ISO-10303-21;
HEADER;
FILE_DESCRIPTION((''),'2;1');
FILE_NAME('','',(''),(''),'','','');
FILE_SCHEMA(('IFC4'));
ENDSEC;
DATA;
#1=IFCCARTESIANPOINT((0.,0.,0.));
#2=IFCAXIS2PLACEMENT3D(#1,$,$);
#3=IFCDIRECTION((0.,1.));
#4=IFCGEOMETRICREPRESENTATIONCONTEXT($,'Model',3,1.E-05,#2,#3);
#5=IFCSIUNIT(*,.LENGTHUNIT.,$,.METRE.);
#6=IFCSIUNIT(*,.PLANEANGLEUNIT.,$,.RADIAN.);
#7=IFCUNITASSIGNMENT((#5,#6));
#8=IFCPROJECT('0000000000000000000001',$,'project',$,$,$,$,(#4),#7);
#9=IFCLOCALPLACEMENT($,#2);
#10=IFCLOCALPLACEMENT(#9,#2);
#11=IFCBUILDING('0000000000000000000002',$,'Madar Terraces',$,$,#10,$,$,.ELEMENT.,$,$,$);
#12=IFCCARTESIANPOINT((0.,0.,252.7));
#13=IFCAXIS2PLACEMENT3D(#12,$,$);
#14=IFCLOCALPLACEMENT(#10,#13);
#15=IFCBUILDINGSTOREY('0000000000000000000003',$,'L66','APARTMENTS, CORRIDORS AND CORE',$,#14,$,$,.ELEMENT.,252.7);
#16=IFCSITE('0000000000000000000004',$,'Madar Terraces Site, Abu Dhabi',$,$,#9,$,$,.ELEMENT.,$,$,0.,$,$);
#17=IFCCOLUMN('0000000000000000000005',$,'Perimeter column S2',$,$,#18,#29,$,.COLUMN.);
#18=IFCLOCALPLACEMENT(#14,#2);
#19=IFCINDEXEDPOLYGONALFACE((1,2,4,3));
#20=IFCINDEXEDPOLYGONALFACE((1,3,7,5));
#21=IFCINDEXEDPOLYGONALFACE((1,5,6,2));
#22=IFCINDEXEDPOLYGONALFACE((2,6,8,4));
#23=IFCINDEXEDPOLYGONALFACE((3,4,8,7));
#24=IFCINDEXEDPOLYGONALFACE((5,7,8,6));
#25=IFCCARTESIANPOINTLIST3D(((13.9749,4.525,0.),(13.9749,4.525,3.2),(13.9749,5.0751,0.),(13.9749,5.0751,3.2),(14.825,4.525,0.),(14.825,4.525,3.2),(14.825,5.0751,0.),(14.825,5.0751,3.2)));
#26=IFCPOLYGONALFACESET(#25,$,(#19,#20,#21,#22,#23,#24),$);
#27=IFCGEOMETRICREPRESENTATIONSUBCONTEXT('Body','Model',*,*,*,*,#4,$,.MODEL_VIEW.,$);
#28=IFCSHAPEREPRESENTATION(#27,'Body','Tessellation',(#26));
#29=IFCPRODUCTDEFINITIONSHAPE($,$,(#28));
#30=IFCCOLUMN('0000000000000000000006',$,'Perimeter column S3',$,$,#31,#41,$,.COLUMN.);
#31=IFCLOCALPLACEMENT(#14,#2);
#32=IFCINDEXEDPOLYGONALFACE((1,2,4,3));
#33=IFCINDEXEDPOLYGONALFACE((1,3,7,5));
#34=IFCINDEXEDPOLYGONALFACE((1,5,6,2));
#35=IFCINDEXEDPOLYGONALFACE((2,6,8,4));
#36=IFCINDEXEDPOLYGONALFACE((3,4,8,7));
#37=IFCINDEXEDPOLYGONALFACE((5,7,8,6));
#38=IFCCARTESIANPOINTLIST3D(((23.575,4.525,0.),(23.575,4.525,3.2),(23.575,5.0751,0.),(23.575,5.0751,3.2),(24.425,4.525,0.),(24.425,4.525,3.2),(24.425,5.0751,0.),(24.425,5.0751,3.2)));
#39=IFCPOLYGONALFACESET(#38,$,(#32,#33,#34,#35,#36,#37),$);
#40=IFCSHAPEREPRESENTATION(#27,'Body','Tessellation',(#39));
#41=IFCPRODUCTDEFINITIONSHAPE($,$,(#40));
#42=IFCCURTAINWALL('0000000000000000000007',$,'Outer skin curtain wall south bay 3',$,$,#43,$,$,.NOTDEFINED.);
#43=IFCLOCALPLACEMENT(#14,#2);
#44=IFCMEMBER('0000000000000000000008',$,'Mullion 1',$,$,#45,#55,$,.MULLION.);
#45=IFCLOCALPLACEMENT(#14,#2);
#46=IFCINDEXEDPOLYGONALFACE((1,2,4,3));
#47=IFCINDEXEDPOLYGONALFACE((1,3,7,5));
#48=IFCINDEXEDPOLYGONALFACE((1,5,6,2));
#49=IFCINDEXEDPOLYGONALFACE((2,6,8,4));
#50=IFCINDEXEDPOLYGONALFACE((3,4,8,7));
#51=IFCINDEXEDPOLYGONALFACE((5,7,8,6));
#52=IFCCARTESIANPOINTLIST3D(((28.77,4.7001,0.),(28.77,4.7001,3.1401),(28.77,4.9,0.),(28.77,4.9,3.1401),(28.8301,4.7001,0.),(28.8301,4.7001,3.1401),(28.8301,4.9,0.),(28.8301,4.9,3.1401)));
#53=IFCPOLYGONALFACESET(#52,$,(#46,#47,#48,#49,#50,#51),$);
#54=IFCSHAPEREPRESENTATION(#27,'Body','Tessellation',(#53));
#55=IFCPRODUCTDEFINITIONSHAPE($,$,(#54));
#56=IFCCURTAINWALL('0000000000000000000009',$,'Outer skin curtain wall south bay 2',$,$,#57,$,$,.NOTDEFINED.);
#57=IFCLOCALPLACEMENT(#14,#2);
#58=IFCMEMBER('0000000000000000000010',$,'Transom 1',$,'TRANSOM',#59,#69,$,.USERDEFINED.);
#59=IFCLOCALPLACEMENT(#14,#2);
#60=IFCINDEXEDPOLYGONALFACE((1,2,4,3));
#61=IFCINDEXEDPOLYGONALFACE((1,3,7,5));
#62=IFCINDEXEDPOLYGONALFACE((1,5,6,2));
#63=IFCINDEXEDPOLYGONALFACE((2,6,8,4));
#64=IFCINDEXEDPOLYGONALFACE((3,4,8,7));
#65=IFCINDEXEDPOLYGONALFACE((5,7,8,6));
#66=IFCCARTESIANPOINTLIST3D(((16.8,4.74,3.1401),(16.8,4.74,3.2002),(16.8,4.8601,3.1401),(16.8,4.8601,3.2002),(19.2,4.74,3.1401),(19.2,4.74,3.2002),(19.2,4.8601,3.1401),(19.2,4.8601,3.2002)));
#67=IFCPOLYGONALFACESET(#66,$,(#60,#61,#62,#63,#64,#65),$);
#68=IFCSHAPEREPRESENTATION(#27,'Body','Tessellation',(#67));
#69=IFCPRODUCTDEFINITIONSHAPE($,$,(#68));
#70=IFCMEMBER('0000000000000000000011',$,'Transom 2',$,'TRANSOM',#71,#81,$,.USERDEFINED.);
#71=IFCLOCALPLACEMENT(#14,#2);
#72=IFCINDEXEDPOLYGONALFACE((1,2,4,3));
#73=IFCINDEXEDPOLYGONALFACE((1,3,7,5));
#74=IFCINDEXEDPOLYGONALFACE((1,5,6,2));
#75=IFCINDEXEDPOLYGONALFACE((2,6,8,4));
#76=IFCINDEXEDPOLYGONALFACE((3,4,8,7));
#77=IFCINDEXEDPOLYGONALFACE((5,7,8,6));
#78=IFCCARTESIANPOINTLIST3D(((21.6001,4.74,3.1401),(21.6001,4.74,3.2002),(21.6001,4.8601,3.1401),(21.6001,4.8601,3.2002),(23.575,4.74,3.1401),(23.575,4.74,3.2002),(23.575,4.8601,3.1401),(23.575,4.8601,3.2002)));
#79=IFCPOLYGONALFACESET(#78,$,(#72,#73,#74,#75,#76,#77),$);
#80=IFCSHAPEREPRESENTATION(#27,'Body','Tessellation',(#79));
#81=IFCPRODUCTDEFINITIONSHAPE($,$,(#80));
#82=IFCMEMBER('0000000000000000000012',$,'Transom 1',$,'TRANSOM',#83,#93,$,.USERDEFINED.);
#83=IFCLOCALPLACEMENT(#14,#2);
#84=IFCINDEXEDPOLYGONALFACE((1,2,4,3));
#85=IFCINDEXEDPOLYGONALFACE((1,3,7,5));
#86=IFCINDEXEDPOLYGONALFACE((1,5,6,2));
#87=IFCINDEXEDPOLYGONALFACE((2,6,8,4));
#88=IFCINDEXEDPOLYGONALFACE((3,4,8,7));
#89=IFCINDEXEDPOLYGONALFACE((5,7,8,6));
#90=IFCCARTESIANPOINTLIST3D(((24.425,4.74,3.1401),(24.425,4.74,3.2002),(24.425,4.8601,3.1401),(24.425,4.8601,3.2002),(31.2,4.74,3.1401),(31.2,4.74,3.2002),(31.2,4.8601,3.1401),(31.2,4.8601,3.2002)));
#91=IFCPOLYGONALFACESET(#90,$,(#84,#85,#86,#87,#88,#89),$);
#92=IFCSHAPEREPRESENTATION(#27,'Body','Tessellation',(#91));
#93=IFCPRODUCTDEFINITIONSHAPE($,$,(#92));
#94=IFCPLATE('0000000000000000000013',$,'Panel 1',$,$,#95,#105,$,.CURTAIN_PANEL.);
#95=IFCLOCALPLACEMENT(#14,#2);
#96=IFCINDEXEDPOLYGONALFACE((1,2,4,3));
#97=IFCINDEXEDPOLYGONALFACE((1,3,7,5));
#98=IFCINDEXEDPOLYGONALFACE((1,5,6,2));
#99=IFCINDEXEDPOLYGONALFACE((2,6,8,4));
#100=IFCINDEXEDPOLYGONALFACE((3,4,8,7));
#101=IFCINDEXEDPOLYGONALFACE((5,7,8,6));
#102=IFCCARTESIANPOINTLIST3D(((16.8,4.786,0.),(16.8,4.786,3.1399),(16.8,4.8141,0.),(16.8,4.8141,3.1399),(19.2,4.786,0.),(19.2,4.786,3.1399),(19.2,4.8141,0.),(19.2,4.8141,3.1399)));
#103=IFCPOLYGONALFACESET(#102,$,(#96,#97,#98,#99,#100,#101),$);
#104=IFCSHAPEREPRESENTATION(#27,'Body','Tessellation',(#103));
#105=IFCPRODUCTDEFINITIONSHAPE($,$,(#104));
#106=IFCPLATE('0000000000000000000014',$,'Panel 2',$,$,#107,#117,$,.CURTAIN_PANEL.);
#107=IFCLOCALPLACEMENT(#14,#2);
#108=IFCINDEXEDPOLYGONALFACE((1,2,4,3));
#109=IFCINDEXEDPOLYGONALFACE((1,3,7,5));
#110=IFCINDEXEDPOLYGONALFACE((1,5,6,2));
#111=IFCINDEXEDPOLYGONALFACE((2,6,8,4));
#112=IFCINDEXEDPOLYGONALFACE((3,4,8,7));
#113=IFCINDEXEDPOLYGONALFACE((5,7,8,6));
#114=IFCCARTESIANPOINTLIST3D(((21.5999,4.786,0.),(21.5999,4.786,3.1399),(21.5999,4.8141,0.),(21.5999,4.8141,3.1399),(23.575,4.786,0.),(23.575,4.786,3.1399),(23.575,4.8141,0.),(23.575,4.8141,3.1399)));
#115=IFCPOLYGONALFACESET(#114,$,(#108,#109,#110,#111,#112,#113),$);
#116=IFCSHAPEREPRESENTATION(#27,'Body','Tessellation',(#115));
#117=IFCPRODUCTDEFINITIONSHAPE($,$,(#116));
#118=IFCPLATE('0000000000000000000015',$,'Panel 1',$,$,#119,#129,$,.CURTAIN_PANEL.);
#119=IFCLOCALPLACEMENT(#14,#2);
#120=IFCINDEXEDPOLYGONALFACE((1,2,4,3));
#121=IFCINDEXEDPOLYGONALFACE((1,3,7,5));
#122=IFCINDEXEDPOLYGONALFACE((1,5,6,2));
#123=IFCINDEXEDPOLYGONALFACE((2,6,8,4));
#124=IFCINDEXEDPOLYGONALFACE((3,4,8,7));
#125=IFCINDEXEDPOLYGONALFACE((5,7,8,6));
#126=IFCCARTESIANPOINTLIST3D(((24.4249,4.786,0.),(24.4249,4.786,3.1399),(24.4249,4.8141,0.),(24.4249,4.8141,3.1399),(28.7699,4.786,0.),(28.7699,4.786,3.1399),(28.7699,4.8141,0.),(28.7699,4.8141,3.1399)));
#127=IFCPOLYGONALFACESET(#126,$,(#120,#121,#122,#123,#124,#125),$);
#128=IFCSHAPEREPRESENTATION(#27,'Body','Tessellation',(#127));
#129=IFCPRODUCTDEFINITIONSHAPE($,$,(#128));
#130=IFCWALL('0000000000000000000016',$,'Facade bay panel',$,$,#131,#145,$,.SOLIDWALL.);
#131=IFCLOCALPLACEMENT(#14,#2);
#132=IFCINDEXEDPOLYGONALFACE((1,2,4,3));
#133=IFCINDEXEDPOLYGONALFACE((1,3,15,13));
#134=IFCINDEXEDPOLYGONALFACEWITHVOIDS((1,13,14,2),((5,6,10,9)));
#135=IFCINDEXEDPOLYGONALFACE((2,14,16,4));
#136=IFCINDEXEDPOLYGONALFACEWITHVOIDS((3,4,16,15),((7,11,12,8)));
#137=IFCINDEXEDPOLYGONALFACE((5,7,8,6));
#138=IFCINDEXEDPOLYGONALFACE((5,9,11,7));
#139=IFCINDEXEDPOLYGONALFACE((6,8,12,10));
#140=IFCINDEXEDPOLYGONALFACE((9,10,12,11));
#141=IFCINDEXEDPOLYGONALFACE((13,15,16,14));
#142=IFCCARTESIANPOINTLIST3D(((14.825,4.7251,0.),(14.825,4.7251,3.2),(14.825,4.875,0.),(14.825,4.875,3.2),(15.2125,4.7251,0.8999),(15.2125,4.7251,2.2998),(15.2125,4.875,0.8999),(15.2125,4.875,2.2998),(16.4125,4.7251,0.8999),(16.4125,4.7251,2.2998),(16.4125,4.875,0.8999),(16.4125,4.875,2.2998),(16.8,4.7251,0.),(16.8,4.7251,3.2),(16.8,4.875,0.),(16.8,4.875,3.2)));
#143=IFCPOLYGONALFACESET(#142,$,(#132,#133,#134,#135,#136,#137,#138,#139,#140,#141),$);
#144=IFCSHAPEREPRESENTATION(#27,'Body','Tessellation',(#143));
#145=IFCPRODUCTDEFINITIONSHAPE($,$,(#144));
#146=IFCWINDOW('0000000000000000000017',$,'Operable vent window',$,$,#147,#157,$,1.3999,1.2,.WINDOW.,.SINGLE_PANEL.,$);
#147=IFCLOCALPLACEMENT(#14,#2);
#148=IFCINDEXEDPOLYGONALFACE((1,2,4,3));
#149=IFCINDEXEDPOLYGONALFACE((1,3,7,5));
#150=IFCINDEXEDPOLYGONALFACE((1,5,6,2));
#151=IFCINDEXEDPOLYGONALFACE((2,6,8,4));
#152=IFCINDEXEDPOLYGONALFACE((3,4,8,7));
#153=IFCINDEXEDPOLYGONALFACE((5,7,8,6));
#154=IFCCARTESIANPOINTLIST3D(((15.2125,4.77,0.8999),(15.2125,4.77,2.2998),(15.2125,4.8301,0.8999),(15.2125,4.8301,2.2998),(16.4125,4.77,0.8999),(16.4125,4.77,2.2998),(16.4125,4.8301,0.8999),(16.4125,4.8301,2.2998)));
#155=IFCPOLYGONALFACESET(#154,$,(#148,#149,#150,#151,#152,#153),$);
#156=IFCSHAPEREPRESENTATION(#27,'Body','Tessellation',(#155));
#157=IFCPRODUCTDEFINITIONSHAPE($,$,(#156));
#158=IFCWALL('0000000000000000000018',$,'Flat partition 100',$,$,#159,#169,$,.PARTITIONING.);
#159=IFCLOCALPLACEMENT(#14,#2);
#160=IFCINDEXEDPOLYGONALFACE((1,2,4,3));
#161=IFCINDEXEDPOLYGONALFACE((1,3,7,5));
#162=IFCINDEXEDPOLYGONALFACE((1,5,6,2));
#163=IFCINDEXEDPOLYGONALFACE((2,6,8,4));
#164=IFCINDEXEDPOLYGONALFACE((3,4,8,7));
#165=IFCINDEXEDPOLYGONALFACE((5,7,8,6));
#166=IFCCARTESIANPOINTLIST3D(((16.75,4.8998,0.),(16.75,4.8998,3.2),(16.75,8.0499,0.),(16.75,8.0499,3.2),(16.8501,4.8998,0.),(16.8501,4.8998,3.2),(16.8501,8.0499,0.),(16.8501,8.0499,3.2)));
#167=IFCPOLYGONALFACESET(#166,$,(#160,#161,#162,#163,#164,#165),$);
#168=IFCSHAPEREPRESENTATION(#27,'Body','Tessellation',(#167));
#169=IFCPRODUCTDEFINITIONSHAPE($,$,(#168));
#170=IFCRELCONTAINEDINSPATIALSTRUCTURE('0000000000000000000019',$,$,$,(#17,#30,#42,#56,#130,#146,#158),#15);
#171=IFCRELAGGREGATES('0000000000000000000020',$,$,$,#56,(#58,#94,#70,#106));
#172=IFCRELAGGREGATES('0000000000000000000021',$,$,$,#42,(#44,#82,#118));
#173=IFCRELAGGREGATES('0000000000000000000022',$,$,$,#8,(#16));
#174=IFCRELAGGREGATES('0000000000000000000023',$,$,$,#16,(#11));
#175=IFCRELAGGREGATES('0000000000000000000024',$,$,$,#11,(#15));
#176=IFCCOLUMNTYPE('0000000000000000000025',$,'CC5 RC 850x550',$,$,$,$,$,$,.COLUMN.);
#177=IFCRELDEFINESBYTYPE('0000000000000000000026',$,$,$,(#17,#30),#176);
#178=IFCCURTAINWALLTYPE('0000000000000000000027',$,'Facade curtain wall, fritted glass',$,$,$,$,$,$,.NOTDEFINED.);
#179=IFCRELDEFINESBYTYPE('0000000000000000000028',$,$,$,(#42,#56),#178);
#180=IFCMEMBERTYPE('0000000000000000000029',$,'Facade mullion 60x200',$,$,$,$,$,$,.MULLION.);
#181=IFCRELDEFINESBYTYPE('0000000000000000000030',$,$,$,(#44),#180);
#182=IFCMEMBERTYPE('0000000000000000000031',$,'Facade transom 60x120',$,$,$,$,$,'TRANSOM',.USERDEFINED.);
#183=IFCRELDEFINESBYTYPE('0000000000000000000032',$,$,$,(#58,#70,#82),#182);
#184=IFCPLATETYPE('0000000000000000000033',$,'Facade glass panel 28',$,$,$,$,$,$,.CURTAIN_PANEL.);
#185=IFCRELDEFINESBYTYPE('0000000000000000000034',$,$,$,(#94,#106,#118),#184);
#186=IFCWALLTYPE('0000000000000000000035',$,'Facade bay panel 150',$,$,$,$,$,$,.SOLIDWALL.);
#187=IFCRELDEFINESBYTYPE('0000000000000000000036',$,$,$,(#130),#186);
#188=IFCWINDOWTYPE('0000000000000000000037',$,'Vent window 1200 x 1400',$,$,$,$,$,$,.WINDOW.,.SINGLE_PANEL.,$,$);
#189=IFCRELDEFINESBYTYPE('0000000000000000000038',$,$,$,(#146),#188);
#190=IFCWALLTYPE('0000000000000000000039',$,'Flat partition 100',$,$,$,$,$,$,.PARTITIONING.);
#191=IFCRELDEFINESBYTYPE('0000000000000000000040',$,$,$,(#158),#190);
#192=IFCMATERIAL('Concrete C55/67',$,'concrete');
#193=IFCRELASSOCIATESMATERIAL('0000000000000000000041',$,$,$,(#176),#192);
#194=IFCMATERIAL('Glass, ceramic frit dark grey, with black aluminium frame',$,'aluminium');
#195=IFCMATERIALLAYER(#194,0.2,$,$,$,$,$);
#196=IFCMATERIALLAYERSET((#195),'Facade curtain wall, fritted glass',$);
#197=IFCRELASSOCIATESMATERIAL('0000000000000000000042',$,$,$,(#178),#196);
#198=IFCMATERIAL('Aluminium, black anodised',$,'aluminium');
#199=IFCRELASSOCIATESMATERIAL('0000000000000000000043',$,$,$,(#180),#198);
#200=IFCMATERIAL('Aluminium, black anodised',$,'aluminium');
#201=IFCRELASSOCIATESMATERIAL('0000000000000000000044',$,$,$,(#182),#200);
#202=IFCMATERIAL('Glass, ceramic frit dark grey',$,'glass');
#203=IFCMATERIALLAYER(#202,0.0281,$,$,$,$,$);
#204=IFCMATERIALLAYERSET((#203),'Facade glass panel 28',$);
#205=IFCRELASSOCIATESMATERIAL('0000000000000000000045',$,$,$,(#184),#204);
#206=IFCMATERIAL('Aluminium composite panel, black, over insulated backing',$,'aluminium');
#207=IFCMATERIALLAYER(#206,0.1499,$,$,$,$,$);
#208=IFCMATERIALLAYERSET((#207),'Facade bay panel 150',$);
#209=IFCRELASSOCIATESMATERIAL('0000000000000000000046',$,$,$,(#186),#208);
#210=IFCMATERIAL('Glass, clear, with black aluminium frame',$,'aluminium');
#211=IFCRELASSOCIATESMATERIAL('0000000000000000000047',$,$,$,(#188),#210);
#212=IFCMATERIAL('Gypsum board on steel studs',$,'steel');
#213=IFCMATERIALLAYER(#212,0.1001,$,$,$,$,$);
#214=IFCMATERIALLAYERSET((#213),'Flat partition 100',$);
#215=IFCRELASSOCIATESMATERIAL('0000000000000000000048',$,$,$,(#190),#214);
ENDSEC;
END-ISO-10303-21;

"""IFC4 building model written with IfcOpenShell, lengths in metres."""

from ifc_helpers import new_model, si_unit, direction, frame, frame_2d, origin, origin_2d, place, context, subcontext, project, spatial, rectangle, extrude, material, layer, layer_set, material_profile, profile_set, type_object, element, fill, aggregate, save


model = new_model("IFC4")

# Units and contexts
model_context = context("Model", 3, precision=1e-05, world=origin(), true_north=direction((0.0, 1.0)))
body_context = subcontext(model_context, "Body", "Model", "MODEL_VIEW")
ifc_project = project(units=[si_unit("LENGTHUNIT", "METRE"), si_unit("PLANEANGLEUNIT", "RADIAN")], contexts=[model_context])

# Site, building, storey
site_placement = place(None, origin())
site = spatial("IfcSite", under=ifc_project, at=site_placement, Name="Madar Terraces Site, Abu Dhabi", CompositionType="ELEMENT", RefElevation=0.0)
building_placement = place(site_placement, origin())
building = spatial("IfcBuilding", under=site, at=building_placement, Name="Madar Terraces", CompositionType="ELEMENT")
storey_placement = place(building_placement, frame((0.0, 0.0, 252.7)))
storey = spatial("IfcBuildingStorey", under=building, at=storey_placement, Name="L66", Description="APARTMENTS, CORRIDORS AND CORE", CompositionType="ELEMENT", Elevation=252.7)

# Columns
ifc_material_1 = material(Name="Concrete C55/67", Category="concrete")
ifc_material_profile_1 = material_profile(ifc_material_1, rectangle(XDim=0.8501, YDim=0.55, at=origin_2d()), Name="CC5 RC 850x550")
ifc_profile_set_1 = profile_set([ifc_material_profile_1], Name="Concrete C55/67")
column_type = type_object("IfcColumnType", Name="CC5 RC 850x550", PredefinedType="COLUMN", material=ifc_profile_set_1)
for number, where, z_axis, x_axis, name in (
    (1, (14.3999, 4.8, 0.0), (0.0, 0.0, 1.0), (1.0, 0.0, 0.0), "Perimeter column S2"),
    (2, (24.0, 4.8, 0.0), (0.0, 0.0, 1.0), (1.0, 0.0, 0.0), "Perimeter column S3"),
):
    element("IfcColumn", number, at=place(storey_placement, frame(where, z_axis=z_axis, x_axis=x_axis)), inside=storey, type_object=column_type, Name=name, PredefinedType="COLUMN", context=body_context, shape_type="SweptSolid", body=[
        extrude(rectangle(XDim=0.8501, YDim=0.55, at=origin_2d()), origin(), (0.0, 0.0, 1.0), 3.2),
    ])

# Curtain wall, member
ifc_material_2 = material(Name="Glass, ceramic frit dark grey, with black aluminium frame", Category="aluminium")
ifc_layer_1 = layer(ifc_material_2, 0.2)
ifc_layer_set_1 = layer_set([ifc_layer_1], Name="Facade curtain wall, fritted glass")
curtain_wall_type = type_object("IfcCurtainWallType", Name="Facade curtain wall, fritted glass", PredefinedType="NOTDEFINED", material=ifc_layer_set_1)
curtain_wall_1_placement = place(storey_placement, origin())
curtain_wall_1 = element("IfcCurtainWall", 3, at=curtain_wall_1_placement, inside=storey, type_object=curtain_wall_type, Name="Outer skin curtain wall south bay 3", PredefinedType="NOTDEFINED")
ifc_material_3 = material(Name="Aluminium, black anodised", Category="aluminium")
ifc_material_profile_2 = material_profile(ifc_material_3, rectangle(XDim=0.2, YDim=0.0601, at=origin_2d()), Name="Facade mullion 60x200")
ifc_profile_set_2 = profile_set([ifc_material_profile_2], Name="Aluminium, black anodised")
member_type_1 = type_object("IfcMemberType", Name="Facade mullion 60x200", PredefinedType="MULLION", material=ifc_profile_set_2)
member_1_placement = place(storey_placement, frame((28.8, 4.8, 0.0), z_axis=(0.0, 0.0, 1.0), x_axis=(0.0, 1.0, 0.0)))
member_1 = element("IfcMember", 4, at=member_1_placement, type_object=member_type_1, Name="Mullion 1", PredefinedType="MULLION", context=body_context, shape_type="SweptSolid", body=[
    extrude(rectangle(XDim=0.2, YDim=0.0601, at=origin_2d()), origin(), (0.0, 0.0, 1.0), 3.1401),
])

# Curtain wall, members
curtain_wall_2_placement = place(storey_placement, origin())
curtain_wall_2 = element("IfcCurtainWall", 5, at=curtain_wall_2_placement, inside=storey, type_object=curtain_wall_type, Name="Outer skin curtain wall south bay 2", PredefinedType="NOTDEFINED")
ifc_material_4 = material(Name="Aluminium, black anodised", Category="aluminium")
ifc_material_profile_3 = material_profile(ifc_material_4, rectangle(XDim=0.1201, YDim=0.0601, at=origin_2d()), Name="Facade transom 60x120")
ifc_profile_set_3 = profile_set([ifc_material_profile_3], Name="Aluminium, black anodised")
member_type_2 = type_object("IfcMemberType", Name="Facade transom 60x120", ElementType="TRANSOM", PredefinedType="USERDEFINED", material=ifc_profile_set_3)
member_2_placement = place(storey_placement, frame((16.8, 4.8, 3.1702), z_axis=(1.0, 0.0, 0.0), x_axis=(0.0, 1.0, 0.0)))
member_2 = element("IfcMember", 6, at=member_2_placement, type_object=member_type_2, Name="Transom 1", ObjectType="TRANSOM", PredefinedType="USERDEFINED", context=body_context, shape_type="SweptSolid", body=[
    extrude(rectangle(XDim=0.1201, YDim=0.0601, at=origin_2d()), origin(), (0.0, 0.0, 1.0), 2.3999),
])
member_3_placement = place(storey_placement, frame((21.6001, 4.8, 3.1702), z_axis=(1.0, 0.0, 0.0), x_axis=(0.0, 1.0, 0.0)))
member_3 = element("IfcMember", 7, at=member_3_placement, type_object=member_type_2, Name="Transom 2", ObjectType="TRANSOM", PredefinedType="USERDEFINED", context=body_context, shape_type="SweptSolid", body=[
    extrude(rectangle(XDim=0.1201, YDim=0.0601, at=origin_2d()), origin(), (0.0, 0.0, 1.0), 1.9749),
])

# Member
member_4_placement = place(storey_placement, frame((24.425, 4.8, 3.1702), z_axis=(1.0, 0.0, 0.0), x_axis=(0.0, 1.0, 0.0)))
member_4 = element("IfcMember", 8, at=member_4_placement, type_object=member_type_2, Name="Transom 1", ObjectType="TRANSOM", PredefinedType="USERDEFINED", context=body_context, shape_type="SweptSolid", body=[
    extrude(rectangle(XDim=0.1201, YDim=0.0601, at=origin_2d()), origin(), (0.0, 0.0, 1.0), 6.7749),
])

# Plates
ifc_material_5 = material(Name="Glass, ceramic frit dark grey", Category="glass")
ifc_layer_2 = layer(ifc_material_5, 0.0281)
ifc_layer_set_2 = layer_set([ifc_layer_2], Name="Facade glass panel 28")
plate_type = type_object("IfcPlateType", Name="Facade glass panel 28", PredefinedType="CURTAIN_PANEL", material=ifc_layer_set_2)
plate_1_placement = place(storey_placement, frame((18.0, 4.8, 0.0), z_axis=(0.0, 0.0, 1.0), x_axis=(1.0, 0.0, 0.0)))
plate_1 = element("IfcPlate", 9, at=plate_1_placement, type_object=plate_type, Name="Panel 1", PredefinedType="CURTAIN_PANEL", context=body_context, shape_type="SweptSolid", body=[
    extrude(rectangle(XDim=2.3999, YDim=0.0281, at=origin_2d()), origin(), (0.0, 0.0, 1.0), 3.1399),
])
plate_2_placement = place(storey_placement, frame((22.5874, 4.8, 0.0), z_axis=(0.0, 0.0, 1.0), x_axis=(1.0, 0.0, 0.0)))
plate_2 = element("IfcPlate", 10, at=plate_2_placement, type_object=plate_type, Name="Panel 2", PredefinedType="CURTAIN_PANEL", context=body_context, shape_type="SweptSolid", body=[
    extrude(rectangle(XDim=1.9751, YDim=0.0281, at=origin_2d()), origin(), (0.0, 0.0, 1.0), 3.1399),
])
aggregate(curtain_wall_2, [member_2, plate_1, member_3, plate_2])
plate_3_placement = place(storey_placement, frame((26.5974, 4.8, 0.0), z_axis=(0.0, 0.0, 1.0), x_axis=(1.0, 0.0, 0.0)))
plate_3 = element("IfcPlate", 11, at=plate_3_placement, type_object=plate_type, Name="Panel 1", PredefinedType="CURTAIN_PANEL", context=body_context, shape_type="SweptSolid", body=[
    extrude(rectangle(XDim=4.345, YDim=0.0281, at=origin_2d()), origin(), (0.0, 0.0, 1.0), 3.1399),
])
aggregate(curtain_wall_1, [member_1, member_4, plate_3])

# Wall, opening, window
ifc_material_6 = material(Name="Aluminium composite panel, black, over insulated backing", Category="aluminium")
ifc_layer_3 = layer(ifc_material_6, 0.1499)
ifc_layer_set_3 = layer_set([ifc_layer_3], Name="Facade bay panel 150")
wall_type_1 = type_object("IfcWallType", Name="Facade bay panel 150", PredefinedType="SOLIDWALL", material=ifc_layer_set_3)
wall_1_placement = place(storey_placement, frame((14.825, 4.8, 0.0), z_axis=(0.0, 0.0, 1.0), x_axis=(1.0, 0.0, 0.0)))
wall_1 = element("IfcWall", 12, at=wall_1_placement, inside=storey, type_object=wall_type_1, Name="Facade bay panel", PredefinedType="SOLIDWALL", context=body_context, shape_type="SweptSolid", body=[
    extrude(rectangle(XDim=1.9751, YDim=0.1499, at=frame_2d((0.9875, 0.0))), origin(), (0.0, 0.0, 1.0), 3.2),
])
opening_1_placement = place(wall_1_placement, frame((0.3875, 0.0, 0.8999)))
opening_1 = element("IfcOpeningElement", 13, at=opening_1_placement, cuts=wall_1, PredefinedType="OPENING", context=body_context, shape_type="SweptSolid", body=[
    extrude(rectangle(XDim=1.2, YDim=1.3999, at=frame_2d((0.6001, 0.7))), frame((0.0, 0.085, 0.0), z_axis=(0.0, -1.0, 0.0), x_axis=(1.0, 0.0, 0.0)), (0.0, 0.0, 1.0), 0.1699),
])
ifc_material_7 = material(Name="Glass, clear, with black aluminium frame", Category="aluminium")
window_type = type_object("IfcWindowType", Name="Vent window 1200 x 1400", PartitioningType="SINGLE_PANEL", PredefinedType="WINDOW", material=ifc_material_7)
window_placement = place(opening_1_placement, origin())
window = element("IfcWindow", 14, at=window_placement, inside=storey, type_object=window_type, Name="Operable vent window", OverallHeight=1.3999, OverallWidth=1.2, PartitioningType="SINGLE_PANEL", PredefinedType="WINDOW", context=body_context, shape_type="SweptSolid", body=[
    extrude(rectangle(XDim=1.2, YDim=1.3999, at=frame_2d((0.6001, 0.7))), frame((0.0, 0.03, 0.0), z_axis=(0.0, -1.0, 0.0), x_axis=(1.0, 0.0, 0.0)), (0.0, 0.0, 1.0), 0.0601),
])
fill(opening_1, window)

# Wall
ifc_material_8 = material(Name="Gypsum board on steel studs", Category="steel")
ifc_layer_4 = layer(ifc_material_8, 0.1001)
ifc_layer_set_4 = layer_set([ifc_layer_4], Name="Flat partition 100")
wall_type_2 = type_object("IfcWallType", Name="Flat partition 100", PredefinedType="PARTITIONING", material=ifc_layer_set_4)
wall_2_placement = place(storey_placement, frame((16.8, 8.05, 0.0), z_axis=(0.0, 0.0, 1.0), x_axis=(0.0, -1.0, 0.0)))
element("IfcWall", 15, at=wall_2_placement, inside=storey, type_object=wall_type_2, Name="Flat partition 100", PredefinedType="PARTITIONING", context=body_context, shape_type="SweptSolid", body=[
    extrude(rectangle(XDim=3.1501, YDim=0.1001, at=frame_2d((1.5752, 0.0))), origin(), (0.0, 0.0, 1.0), 3.2),
])

save(model, "model.ifc")
